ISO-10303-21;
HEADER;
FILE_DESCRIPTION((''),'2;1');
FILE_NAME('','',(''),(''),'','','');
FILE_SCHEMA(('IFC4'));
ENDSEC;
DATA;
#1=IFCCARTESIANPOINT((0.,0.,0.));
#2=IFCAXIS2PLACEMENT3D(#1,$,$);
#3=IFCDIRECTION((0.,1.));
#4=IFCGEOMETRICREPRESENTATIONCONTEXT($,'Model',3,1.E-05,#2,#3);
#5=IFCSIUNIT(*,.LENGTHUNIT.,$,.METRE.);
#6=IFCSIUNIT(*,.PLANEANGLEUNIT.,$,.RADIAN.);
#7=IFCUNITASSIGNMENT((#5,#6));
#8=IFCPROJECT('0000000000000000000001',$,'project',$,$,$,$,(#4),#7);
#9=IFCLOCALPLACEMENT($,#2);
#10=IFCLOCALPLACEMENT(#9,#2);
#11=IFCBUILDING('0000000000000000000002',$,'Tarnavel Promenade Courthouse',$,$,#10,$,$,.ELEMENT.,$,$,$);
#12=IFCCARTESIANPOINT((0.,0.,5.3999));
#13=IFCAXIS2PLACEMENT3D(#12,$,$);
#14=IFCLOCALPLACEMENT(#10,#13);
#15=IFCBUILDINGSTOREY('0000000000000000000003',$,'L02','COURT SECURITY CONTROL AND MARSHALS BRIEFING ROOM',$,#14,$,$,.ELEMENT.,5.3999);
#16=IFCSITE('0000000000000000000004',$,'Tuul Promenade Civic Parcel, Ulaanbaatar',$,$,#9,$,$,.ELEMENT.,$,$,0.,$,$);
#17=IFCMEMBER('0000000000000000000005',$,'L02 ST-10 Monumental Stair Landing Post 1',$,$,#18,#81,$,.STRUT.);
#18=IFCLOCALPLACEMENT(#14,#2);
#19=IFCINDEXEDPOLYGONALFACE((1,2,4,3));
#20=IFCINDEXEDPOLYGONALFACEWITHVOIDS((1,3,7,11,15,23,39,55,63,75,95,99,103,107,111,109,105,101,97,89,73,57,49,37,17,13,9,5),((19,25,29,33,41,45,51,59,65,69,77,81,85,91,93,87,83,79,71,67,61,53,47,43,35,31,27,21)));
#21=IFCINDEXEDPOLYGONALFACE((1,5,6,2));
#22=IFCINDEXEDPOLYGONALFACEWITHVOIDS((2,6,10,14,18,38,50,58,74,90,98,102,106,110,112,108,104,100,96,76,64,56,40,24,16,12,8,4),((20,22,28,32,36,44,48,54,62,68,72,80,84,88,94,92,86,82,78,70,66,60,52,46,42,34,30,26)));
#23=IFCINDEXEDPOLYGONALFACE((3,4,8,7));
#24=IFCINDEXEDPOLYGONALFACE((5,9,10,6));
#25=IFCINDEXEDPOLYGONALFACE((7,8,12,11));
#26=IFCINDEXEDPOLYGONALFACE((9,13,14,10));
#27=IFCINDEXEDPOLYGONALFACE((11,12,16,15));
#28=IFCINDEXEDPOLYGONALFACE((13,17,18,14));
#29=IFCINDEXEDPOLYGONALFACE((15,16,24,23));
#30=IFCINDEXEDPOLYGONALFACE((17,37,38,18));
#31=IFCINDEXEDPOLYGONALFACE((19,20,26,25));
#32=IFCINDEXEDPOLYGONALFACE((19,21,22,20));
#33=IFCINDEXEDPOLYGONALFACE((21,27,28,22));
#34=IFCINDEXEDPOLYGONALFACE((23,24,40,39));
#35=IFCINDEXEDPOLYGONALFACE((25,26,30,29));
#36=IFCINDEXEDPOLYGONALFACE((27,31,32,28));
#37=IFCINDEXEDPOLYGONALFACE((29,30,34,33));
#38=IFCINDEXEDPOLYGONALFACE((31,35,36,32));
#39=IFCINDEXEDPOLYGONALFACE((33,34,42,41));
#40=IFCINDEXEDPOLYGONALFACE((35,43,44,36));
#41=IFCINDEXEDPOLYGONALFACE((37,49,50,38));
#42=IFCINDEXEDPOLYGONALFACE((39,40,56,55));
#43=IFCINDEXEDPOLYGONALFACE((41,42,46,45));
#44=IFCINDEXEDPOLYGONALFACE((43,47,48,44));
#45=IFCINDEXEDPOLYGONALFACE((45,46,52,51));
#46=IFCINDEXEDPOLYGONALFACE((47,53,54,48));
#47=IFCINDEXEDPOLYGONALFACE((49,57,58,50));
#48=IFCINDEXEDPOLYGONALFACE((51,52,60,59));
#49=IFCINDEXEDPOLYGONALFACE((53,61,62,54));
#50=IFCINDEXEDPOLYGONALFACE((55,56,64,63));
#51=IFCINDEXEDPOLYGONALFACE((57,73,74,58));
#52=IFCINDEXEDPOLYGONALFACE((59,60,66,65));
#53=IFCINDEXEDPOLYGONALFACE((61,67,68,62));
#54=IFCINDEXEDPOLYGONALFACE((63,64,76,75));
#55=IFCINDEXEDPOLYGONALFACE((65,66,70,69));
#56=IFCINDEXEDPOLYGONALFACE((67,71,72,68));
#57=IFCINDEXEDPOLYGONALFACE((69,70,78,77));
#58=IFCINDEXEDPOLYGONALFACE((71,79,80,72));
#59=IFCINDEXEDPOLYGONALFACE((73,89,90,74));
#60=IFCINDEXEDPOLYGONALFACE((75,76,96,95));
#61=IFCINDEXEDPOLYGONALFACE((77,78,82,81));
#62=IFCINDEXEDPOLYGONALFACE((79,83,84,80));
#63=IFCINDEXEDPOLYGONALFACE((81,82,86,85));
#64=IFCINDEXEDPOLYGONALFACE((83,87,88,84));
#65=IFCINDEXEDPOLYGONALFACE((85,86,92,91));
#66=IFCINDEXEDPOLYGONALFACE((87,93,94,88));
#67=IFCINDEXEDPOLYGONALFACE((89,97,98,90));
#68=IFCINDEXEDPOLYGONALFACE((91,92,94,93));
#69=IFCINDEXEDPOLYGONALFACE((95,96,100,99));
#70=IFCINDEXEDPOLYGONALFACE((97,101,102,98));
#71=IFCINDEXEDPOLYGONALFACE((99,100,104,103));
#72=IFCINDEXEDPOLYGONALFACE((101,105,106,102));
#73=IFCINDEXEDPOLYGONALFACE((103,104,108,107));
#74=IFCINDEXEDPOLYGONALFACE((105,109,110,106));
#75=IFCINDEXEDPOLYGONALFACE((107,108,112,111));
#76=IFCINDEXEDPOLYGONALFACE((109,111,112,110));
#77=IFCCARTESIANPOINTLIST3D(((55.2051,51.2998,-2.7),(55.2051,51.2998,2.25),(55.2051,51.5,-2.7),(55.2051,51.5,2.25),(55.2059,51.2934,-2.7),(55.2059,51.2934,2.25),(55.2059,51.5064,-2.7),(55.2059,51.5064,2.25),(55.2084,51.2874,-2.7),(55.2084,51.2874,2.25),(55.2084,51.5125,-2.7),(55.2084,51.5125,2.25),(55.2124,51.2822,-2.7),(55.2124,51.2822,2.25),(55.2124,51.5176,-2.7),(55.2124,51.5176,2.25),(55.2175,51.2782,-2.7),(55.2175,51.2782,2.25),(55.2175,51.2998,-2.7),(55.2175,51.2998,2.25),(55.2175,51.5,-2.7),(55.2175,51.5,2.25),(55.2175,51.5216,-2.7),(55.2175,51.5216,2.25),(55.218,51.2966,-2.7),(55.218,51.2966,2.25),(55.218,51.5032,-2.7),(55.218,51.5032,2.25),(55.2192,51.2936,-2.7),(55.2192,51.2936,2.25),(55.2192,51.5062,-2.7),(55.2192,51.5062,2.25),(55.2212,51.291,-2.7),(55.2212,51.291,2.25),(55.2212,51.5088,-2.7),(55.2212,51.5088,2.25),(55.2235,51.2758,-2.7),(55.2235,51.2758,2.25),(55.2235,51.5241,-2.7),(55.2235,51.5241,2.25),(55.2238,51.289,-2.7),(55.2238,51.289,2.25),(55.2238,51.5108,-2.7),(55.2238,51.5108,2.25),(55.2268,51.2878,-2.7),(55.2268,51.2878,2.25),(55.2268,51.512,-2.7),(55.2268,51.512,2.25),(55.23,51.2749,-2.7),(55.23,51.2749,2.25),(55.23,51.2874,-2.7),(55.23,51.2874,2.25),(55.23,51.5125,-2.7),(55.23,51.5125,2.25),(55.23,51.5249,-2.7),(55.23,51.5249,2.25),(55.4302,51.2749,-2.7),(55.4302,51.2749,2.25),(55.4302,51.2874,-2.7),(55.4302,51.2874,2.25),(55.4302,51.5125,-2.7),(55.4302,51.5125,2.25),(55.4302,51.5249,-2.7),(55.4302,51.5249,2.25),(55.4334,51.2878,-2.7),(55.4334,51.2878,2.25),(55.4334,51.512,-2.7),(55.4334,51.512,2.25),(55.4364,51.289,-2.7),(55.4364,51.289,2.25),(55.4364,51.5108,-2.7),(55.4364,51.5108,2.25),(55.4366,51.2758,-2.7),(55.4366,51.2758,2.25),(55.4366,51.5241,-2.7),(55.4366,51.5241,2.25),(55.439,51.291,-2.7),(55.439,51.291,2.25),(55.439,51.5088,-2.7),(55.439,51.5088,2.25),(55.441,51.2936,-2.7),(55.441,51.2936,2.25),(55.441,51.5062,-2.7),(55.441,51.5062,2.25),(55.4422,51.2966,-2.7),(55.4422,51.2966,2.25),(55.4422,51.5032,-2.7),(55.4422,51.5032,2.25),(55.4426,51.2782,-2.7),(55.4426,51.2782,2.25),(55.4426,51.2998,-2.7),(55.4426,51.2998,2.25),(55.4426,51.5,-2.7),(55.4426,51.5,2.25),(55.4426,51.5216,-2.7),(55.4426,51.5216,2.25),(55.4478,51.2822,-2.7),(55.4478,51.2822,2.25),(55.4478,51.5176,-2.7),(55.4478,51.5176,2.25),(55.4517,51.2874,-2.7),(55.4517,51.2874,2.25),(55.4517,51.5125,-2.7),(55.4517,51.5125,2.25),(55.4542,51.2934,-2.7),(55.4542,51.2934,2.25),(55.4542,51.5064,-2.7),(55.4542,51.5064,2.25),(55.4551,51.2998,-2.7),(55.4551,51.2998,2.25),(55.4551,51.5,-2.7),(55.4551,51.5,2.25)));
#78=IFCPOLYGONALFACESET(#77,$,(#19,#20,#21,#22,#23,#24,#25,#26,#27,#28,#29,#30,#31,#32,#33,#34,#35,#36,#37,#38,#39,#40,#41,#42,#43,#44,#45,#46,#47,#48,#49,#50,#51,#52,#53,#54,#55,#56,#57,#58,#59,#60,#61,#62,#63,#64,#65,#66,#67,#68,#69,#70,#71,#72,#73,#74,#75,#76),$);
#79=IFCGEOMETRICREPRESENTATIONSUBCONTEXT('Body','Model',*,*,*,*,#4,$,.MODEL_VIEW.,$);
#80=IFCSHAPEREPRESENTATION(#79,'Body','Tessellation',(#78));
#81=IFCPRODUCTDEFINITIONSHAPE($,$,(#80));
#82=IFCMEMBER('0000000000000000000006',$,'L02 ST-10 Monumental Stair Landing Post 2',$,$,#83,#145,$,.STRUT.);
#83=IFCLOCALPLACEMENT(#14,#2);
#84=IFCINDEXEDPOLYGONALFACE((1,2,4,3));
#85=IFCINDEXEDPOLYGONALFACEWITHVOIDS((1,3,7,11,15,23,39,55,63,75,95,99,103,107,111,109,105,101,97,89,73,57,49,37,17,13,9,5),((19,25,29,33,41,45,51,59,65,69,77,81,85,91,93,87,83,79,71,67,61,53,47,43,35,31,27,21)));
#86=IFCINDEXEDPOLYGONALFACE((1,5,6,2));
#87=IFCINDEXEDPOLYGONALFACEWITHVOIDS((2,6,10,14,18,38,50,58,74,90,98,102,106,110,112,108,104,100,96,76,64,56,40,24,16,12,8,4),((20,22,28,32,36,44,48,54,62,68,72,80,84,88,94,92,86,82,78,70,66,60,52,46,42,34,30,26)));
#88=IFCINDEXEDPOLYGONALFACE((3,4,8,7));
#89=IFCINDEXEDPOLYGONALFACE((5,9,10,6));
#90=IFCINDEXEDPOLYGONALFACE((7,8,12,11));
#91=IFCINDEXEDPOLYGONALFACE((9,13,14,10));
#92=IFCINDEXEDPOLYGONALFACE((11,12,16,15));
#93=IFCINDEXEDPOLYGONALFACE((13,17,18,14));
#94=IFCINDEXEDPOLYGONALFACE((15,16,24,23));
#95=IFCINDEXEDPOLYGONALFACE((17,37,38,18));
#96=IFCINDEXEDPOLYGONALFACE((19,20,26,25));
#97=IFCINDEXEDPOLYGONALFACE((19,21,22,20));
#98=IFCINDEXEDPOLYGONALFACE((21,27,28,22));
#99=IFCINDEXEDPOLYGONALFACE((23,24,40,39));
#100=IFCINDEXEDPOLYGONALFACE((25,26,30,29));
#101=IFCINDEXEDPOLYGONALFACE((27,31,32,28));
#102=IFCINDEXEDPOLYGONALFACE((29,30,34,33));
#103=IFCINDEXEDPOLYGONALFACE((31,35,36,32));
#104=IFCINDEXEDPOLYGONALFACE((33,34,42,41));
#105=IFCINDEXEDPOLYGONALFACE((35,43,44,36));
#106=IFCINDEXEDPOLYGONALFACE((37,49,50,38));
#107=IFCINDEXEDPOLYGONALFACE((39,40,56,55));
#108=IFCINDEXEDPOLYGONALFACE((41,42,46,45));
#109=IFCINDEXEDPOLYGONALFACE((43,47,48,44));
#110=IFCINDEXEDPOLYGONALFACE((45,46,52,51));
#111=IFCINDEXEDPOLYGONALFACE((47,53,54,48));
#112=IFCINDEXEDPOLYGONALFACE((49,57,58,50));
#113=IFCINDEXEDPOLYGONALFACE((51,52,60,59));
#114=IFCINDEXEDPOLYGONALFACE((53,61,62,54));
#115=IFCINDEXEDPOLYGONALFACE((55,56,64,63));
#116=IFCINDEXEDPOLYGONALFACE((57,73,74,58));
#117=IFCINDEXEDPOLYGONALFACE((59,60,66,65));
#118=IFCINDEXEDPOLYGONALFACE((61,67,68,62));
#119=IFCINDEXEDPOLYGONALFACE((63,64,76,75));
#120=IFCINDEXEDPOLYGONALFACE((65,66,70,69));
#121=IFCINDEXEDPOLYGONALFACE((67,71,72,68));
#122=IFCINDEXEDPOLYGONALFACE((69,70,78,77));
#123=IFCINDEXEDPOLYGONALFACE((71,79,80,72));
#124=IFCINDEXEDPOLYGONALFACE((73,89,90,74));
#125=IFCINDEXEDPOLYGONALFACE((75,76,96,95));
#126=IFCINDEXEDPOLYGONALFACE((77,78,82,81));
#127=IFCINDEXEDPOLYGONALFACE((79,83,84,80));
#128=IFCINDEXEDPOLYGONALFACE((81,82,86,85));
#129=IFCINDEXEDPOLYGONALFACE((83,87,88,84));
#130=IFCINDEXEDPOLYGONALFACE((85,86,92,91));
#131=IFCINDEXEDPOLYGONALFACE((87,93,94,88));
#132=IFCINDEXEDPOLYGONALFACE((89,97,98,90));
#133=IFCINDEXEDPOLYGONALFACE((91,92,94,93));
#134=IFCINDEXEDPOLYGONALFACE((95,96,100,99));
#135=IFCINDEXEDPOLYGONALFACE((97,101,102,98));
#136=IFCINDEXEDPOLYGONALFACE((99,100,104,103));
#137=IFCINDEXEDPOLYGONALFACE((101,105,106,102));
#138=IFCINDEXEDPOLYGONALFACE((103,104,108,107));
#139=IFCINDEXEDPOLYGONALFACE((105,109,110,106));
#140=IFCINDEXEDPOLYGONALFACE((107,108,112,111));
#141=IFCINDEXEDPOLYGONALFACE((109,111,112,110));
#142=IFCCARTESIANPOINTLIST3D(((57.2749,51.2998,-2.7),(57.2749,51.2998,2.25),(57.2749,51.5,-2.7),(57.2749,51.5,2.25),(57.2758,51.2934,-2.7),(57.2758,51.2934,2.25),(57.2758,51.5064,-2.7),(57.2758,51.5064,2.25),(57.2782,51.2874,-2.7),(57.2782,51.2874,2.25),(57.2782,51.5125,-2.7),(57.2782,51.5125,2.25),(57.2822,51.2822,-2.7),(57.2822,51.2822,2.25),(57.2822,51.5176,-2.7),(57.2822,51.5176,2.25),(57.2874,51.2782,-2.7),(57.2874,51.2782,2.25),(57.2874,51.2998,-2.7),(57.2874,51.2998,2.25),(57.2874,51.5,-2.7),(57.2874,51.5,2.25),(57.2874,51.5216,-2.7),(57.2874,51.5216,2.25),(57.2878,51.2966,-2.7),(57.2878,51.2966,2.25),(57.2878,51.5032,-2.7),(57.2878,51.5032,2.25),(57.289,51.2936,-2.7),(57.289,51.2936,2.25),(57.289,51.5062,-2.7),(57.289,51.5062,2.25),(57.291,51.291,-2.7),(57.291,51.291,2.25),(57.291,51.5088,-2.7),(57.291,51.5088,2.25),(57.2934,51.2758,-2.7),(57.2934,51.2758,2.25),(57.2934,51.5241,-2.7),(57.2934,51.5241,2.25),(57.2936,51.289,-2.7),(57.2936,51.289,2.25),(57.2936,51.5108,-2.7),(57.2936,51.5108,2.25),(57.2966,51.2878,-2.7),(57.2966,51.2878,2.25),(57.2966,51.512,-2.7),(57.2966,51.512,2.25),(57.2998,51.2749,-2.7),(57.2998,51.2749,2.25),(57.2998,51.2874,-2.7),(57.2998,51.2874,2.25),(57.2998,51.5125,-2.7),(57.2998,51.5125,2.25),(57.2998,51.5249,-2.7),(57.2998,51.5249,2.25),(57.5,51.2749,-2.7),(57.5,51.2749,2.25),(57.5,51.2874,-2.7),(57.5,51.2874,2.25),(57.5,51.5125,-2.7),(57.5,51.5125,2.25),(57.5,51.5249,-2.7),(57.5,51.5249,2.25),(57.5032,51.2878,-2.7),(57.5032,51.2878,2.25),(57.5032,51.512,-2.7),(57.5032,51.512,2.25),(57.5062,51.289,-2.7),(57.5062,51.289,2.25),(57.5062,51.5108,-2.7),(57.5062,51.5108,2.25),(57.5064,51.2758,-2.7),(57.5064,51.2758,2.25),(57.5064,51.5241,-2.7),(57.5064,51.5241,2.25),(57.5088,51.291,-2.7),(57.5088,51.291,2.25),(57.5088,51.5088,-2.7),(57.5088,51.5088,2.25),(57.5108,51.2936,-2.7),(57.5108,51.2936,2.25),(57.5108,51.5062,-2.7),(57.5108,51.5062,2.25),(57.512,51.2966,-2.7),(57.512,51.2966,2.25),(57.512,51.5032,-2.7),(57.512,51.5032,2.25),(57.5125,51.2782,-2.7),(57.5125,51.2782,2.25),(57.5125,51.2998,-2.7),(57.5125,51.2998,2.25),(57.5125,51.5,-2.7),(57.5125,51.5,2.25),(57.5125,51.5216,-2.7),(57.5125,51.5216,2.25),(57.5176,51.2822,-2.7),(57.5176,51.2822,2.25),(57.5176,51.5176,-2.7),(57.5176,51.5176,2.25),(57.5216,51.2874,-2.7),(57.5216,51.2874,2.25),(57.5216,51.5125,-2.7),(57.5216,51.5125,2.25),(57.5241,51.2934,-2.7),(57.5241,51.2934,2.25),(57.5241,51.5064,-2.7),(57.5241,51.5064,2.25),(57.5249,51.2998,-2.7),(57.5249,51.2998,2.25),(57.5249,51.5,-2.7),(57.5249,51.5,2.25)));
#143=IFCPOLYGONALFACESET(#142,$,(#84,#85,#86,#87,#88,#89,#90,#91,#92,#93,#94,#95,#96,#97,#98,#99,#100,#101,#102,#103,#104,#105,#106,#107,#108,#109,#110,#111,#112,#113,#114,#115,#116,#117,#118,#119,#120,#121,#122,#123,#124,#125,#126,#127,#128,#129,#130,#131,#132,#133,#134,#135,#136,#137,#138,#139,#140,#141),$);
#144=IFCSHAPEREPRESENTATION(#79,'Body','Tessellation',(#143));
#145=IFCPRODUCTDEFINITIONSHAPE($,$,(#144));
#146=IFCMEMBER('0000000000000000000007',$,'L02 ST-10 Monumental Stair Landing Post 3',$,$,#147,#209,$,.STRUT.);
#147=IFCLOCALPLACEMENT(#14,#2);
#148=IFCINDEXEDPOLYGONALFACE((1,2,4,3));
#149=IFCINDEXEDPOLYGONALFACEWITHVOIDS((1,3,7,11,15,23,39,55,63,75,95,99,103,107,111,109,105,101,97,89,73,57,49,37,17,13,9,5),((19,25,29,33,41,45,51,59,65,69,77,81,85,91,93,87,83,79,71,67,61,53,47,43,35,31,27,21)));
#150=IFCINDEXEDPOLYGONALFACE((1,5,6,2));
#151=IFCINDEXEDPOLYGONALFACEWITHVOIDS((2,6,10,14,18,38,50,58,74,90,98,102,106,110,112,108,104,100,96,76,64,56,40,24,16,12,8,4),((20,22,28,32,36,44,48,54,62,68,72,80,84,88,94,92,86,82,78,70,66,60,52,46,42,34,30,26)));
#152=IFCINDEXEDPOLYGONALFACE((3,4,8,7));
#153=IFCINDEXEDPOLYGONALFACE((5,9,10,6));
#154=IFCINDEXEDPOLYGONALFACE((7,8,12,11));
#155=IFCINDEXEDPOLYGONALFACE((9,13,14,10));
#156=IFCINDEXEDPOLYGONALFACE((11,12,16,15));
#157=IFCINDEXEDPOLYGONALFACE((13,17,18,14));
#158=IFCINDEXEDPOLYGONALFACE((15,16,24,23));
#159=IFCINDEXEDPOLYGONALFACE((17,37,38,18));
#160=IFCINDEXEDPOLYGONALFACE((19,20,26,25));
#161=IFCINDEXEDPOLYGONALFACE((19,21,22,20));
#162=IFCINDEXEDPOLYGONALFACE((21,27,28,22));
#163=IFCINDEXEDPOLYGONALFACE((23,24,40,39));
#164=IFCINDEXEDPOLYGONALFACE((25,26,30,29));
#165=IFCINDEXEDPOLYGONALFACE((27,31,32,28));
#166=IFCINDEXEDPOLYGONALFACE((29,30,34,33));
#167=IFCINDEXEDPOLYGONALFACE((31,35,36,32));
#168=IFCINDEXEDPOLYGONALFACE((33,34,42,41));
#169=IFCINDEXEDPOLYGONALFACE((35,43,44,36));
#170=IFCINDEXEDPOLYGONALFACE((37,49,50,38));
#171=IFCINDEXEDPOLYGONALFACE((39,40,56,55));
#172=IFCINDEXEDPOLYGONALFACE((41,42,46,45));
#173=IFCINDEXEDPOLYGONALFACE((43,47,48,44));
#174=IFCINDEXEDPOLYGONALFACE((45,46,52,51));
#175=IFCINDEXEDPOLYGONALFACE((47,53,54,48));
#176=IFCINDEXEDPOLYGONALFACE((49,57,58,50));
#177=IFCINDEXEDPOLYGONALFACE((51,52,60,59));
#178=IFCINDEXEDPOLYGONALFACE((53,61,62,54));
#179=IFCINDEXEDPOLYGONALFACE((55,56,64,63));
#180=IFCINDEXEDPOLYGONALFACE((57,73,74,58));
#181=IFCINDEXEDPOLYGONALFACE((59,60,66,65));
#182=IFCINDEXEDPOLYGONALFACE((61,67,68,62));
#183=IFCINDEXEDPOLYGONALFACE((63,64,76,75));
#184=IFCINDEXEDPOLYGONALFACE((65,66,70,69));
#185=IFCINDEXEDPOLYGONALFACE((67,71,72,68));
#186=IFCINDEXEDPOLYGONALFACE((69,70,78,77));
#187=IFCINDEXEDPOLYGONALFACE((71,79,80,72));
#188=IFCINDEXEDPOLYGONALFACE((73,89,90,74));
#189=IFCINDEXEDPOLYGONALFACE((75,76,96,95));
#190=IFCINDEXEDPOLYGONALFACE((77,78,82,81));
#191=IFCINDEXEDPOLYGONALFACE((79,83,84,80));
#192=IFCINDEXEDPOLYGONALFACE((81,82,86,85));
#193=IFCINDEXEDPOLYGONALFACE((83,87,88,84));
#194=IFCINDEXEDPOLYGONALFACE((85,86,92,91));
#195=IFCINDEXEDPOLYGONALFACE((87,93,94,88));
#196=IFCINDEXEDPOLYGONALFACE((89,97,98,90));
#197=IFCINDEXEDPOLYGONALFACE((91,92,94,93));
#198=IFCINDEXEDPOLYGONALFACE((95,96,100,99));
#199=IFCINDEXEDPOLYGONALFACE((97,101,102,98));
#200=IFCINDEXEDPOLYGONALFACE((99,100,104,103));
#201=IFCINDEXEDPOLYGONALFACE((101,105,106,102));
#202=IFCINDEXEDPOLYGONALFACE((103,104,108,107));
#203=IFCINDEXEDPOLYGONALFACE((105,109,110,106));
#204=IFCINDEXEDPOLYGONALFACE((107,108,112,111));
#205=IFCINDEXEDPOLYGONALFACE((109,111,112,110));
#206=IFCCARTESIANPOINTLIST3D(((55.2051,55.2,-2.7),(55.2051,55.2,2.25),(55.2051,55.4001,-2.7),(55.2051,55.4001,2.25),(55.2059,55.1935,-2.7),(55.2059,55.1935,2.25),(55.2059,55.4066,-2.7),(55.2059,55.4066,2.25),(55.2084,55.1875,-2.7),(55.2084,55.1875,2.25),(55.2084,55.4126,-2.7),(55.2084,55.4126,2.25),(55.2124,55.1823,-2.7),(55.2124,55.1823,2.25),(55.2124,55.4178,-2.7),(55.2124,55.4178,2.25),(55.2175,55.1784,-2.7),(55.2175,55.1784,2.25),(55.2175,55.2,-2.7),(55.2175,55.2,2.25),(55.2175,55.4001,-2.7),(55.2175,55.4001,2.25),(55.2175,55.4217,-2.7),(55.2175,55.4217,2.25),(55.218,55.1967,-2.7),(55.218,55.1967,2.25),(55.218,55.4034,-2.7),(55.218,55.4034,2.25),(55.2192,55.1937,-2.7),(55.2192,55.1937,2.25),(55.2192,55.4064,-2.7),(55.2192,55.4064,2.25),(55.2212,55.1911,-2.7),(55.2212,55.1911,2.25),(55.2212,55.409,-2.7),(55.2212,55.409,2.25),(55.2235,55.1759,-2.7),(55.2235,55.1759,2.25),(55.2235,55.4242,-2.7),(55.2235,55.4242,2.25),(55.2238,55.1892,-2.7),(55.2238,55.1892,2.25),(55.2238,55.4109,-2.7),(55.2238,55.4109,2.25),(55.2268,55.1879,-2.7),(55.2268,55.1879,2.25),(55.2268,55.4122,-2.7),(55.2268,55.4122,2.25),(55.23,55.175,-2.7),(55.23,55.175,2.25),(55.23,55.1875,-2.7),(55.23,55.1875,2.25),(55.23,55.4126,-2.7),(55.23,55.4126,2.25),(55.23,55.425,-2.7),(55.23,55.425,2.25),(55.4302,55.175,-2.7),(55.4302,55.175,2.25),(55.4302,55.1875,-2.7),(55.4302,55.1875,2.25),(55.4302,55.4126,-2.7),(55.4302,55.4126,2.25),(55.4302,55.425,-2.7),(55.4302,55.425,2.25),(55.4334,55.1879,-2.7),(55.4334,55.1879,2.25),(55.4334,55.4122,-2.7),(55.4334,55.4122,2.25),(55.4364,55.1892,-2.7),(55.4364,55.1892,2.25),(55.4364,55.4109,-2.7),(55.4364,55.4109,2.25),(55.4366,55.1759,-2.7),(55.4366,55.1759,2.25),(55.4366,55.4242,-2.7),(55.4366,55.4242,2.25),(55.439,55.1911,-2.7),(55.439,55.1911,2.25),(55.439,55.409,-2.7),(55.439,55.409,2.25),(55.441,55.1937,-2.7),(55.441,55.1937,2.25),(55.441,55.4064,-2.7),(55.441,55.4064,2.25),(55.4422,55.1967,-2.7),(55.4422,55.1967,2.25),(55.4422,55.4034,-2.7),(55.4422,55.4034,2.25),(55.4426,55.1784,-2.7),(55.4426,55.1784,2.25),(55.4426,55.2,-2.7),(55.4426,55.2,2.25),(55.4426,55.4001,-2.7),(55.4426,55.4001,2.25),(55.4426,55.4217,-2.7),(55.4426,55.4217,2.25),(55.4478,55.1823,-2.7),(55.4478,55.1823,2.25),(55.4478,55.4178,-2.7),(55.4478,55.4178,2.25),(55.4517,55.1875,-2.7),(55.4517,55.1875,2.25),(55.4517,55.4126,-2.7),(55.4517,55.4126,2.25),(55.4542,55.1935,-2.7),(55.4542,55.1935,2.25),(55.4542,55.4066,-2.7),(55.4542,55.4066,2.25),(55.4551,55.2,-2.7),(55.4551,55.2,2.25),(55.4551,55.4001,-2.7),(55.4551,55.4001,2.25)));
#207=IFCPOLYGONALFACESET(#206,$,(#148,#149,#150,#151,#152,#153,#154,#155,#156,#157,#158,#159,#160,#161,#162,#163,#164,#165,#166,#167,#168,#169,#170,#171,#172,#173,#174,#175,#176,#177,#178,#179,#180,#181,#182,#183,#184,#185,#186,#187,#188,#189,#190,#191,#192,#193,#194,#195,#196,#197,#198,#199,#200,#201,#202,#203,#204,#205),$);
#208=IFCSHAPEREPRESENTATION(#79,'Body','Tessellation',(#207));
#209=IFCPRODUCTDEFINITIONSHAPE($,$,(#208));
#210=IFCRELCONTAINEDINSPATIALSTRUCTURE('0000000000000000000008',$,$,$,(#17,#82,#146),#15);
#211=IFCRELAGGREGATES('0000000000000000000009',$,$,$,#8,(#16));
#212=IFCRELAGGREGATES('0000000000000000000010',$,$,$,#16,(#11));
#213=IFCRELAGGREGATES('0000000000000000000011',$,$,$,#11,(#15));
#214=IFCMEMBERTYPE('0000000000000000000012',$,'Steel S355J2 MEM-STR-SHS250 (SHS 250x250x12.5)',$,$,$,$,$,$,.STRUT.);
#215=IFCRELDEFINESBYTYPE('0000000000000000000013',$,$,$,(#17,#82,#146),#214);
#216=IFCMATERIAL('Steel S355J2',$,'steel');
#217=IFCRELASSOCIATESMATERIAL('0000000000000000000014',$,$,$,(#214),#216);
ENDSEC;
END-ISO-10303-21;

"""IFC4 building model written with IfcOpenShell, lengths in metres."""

from ifc_helpers import new_model, si_unit, direction, frame, origin, origin_2d, place, context, subcontext, project, spatial, hollow_rectangle, extrude, material, material_profile, profile_set, type_object, element, save


model = new_model("IFC4")

# Units and contexts
model_context = context("Model", 3, precision=1e-05, world=origin(), true_north=direction((0.0, 1.0)))
body_context = subcontext(model_context, "Body", "Model", "MODEL_VIEW")
ifc_project = project(units=[si_unit("LENGTHUNIT", "METRE"), si_unit("PLANEANGLEUNIT", "RADIAN")], contexts=[model_context])

# Site, building, storey
site_placement = place(None, origin())
site = spatial("IfcSite", under=ifc_project, at=site_placement, Name="Tuul Promenade Civic Parcel, Ulaanbaatar", CompositionType="ELEMENT", RefElevation=0.0)
building_placement = place(site_placement, origin())
building = spatial("IfcBuilding", under=site, at=building_placement, Name="Tarnavel Promenade Courthouse", CompositionType="ELEMENT")
storey_placement = place(building_placement, frame((0.0, 0.0, 5.3999)))
storey = spatial("IfcBuildingStorey", under=building, at=storey_placement, Name="L02", Description="COURT SECURITY CONTROL AND MARSHALS BRIEFING ROOM", CompositionType="ELEMENT", Elevation=5.3999)

# Members
ifc_material_1 = material(Name="Steel S355J2", Category="steel")
ifc_material_profile_1 = material_profile(ifc_material_1, hollow_rectangle(XDim=0.25, YDim=0.25, WallThickness=0.0125, InnerFilletRadius=0.0125, OuterFilletRadius=0.0249, at=origin_2d()), Name="SHS 250x250x12.5")
ifc_profile_set_1 = profile_set([ifc_material_profile_1], Name="Steel S355J2")
member_type_1 = type_object("IfcMemberType", Name="Steel S355J2 MEM-STR-SHS250 (SHS 250x250x12.5)", PredefinedType="STRUT", material=ifc_profile_set_1)
for number, where, z_axis, x_axis, name in (
    (1, (55.3301, 51.3999, -2.7), (0.0, 0.0, 1.0), (1.0, 0.0, 0.0), "L02 ST-10 Monumental Stair Landing Post 1"),
    (2, (57.3999, 51.3999, -2.7), (0.0, 0.0, 1.0), (1.0, 0.0, 0.0), "L02 ST-10 Monumental Stair Landing Post 2"),
    (3, (55.3301, 55.3, -2.7), (0.0, 0.0, 1.0), (1.0, 0.0, 0.0), "L02 ST-10 Monumental Stair Landing Post 3"),
):
    element("IfcMember", number, at=place(storey_placement, frame(where, z_axis=z_axis, x_axis=x_axis)), inside=storey, type_object=member_type_1, Name=name, PredefinedType="STRUT", context=body_context, shape_type="SweptSolid", body=[
        extrude(hollow_rectangle(XDim=0.25, YDim=0.25, WallThickness=0.0125, InnerFilletRadius=0.0125, OuterFilletRadius=0.0249, at=origin_2d()), origin(), (0.0, 0.0, 1.0), 4.95),
    ])

save(model, "model.ifc")
